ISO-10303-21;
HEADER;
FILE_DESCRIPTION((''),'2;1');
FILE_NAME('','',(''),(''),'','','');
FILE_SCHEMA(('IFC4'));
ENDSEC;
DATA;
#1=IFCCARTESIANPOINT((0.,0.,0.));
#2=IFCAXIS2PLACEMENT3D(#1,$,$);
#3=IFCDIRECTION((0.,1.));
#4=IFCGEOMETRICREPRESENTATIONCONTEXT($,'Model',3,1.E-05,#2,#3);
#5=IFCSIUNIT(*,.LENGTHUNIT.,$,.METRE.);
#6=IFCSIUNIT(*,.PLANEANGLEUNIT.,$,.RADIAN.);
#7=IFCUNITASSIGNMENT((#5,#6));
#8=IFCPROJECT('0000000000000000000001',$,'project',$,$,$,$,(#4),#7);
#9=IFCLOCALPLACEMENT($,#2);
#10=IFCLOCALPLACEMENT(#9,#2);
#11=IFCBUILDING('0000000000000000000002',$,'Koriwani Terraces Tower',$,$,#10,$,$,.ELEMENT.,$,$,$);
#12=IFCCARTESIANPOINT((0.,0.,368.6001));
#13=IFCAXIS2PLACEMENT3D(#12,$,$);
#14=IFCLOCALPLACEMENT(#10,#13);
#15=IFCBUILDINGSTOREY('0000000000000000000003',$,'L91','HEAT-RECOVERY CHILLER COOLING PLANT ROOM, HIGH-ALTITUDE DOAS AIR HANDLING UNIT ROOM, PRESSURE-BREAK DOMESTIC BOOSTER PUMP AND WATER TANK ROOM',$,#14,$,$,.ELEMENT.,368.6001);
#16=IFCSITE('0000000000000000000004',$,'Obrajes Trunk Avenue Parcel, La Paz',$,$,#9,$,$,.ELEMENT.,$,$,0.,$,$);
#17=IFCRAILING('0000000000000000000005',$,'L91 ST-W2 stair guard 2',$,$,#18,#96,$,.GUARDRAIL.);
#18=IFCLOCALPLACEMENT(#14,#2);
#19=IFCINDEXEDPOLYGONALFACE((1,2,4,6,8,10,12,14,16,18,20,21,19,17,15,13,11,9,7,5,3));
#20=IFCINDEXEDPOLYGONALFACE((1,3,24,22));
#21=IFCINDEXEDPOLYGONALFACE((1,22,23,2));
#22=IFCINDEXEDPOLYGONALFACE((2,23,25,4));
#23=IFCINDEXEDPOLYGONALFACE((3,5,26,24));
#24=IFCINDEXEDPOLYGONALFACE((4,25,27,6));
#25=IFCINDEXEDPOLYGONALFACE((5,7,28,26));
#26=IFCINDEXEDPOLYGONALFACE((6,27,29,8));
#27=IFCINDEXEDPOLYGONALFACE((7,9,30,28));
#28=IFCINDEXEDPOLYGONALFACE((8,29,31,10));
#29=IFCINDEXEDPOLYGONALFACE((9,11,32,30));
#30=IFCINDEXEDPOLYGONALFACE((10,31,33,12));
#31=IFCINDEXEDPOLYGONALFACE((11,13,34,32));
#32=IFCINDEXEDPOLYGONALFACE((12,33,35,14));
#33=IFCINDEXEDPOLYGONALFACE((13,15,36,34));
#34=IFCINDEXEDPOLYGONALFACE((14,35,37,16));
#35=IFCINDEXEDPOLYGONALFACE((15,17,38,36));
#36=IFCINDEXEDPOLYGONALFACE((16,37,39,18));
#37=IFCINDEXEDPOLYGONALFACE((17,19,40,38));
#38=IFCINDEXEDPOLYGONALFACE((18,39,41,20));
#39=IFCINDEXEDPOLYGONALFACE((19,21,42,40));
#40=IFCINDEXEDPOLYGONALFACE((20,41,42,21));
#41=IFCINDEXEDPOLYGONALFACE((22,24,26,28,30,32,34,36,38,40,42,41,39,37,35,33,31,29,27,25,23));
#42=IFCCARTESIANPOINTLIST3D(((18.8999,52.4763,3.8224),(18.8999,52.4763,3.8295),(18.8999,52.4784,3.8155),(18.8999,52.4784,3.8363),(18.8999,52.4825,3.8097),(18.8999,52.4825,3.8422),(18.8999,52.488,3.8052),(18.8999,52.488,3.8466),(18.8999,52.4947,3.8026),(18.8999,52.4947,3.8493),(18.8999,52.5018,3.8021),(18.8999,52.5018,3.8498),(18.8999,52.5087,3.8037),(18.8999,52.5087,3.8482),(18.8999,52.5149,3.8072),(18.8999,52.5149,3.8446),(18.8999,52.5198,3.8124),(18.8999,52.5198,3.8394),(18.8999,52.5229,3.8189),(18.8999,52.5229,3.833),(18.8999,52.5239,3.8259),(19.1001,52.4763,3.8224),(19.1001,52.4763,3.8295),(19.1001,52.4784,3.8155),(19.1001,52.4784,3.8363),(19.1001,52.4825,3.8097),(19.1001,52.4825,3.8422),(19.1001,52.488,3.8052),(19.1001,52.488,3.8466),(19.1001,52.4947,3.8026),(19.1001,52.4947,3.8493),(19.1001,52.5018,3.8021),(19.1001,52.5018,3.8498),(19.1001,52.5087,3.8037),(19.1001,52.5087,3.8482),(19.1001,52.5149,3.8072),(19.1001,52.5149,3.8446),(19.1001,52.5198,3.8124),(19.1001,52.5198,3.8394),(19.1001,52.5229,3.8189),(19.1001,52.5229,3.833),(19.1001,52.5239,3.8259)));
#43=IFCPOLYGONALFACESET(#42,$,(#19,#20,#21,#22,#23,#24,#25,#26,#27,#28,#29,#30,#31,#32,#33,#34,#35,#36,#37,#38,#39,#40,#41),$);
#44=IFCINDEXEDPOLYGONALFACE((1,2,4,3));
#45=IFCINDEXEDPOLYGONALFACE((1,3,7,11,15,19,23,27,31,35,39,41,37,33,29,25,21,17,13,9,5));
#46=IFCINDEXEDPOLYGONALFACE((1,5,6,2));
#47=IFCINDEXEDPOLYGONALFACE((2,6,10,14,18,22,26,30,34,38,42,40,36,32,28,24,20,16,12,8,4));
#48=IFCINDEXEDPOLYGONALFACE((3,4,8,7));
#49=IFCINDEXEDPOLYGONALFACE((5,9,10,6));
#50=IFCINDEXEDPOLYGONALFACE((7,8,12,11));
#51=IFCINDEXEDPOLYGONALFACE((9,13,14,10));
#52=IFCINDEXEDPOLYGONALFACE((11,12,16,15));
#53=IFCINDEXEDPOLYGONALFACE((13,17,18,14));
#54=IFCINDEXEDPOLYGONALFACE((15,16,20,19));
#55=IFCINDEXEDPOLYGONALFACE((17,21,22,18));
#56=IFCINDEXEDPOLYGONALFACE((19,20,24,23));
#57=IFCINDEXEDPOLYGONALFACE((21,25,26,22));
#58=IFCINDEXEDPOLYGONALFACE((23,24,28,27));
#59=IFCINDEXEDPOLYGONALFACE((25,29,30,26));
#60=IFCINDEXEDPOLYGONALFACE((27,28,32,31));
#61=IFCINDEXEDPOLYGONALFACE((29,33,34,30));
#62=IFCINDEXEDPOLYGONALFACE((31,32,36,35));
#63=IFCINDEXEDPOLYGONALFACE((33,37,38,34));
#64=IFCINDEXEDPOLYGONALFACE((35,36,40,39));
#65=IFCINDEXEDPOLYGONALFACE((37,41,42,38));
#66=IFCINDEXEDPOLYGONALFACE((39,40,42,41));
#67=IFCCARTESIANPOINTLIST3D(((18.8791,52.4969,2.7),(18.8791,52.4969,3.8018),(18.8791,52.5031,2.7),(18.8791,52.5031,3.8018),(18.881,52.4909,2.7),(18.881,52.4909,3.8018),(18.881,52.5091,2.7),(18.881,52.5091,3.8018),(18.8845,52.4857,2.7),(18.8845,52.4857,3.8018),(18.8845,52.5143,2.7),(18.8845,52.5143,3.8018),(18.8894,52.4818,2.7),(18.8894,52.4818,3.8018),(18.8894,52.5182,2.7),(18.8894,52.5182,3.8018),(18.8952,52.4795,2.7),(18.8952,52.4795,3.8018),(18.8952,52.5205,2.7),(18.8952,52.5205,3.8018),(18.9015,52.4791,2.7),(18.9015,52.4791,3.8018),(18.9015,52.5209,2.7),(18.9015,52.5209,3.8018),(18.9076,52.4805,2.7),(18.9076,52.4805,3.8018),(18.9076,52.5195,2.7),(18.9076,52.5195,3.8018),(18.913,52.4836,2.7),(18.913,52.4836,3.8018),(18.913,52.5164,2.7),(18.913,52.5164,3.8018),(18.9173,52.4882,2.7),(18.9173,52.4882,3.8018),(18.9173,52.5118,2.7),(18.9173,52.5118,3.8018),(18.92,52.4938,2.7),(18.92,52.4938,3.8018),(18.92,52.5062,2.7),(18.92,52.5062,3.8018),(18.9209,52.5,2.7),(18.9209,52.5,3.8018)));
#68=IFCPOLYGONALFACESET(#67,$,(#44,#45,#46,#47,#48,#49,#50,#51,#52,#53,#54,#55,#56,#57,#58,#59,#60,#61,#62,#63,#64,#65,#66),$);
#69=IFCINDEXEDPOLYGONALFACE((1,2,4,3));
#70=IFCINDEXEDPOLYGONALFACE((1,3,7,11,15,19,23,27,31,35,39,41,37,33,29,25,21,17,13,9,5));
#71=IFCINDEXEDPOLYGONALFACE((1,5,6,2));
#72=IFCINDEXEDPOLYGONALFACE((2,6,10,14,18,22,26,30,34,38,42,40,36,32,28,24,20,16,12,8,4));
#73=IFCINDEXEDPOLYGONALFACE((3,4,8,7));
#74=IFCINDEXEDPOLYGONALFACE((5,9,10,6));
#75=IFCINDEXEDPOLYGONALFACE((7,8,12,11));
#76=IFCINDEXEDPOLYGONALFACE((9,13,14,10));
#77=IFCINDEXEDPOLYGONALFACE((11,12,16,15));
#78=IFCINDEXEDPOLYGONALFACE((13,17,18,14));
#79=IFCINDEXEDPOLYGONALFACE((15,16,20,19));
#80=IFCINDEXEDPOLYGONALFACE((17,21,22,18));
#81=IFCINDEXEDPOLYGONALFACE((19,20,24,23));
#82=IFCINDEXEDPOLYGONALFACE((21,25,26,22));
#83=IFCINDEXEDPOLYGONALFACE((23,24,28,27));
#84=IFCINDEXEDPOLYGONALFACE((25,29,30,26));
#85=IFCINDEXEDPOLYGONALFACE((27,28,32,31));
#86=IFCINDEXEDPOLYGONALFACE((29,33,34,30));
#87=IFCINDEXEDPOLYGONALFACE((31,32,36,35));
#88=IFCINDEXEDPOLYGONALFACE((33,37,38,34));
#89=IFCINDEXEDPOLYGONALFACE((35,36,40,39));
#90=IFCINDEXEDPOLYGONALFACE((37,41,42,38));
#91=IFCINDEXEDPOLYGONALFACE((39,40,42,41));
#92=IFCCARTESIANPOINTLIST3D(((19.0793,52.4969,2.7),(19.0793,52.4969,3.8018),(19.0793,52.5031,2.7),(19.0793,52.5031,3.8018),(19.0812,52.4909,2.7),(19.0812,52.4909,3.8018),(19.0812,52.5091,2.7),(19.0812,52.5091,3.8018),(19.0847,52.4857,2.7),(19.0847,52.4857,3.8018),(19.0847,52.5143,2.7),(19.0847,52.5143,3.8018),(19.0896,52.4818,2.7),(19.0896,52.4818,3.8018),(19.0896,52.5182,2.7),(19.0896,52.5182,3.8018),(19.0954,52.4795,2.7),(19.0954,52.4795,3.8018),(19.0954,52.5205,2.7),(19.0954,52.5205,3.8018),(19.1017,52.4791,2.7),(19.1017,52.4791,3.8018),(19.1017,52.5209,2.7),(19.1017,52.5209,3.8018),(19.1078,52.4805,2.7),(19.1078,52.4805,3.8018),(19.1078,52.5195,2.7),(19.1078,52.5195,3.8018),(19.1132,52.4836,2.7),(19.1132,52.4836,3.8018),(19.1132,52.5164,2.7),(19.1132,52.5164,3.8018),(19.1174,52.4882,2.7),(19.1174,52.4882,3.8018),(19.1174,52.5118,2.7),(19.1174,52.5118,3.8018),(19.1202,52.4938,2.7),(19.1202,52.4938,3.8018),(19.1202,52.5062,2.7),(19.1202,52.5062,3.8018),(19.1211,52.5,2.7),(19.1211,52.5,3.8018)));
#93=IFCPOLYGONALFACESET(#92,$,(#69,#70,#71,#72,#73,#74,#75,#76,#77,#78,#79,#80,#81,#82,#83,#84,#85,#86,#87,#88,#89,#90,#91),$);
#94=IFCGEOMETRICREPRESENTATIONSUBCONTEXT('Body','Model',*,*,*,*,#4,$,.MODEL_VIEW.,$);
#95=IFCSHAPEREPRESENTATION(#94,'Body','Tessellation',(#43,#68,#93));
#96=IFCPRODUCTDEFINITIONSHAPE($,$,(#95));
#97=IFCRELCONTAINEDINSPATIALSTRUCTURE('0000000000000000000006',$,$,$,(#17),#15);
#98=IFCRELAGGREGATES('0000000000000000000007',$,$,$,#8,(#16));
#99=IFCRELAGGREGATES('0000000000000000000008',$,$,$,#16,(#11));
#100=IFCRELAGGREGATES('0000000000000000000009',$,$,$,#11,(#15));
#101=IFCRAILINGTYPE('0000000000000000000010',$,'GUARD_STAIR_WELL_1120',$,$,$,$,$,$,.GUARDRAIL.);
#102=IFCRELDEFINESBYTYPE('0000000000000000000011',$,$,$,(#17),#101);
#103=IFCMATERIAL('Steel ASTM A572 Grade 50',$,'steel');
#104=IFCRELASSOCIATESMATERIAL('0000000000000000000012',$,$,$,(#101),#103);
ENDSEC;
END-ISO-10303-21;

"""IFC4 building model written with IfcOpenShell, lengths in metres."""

from ifc_helpers import new_model, si_unit, direction, frame, origin, origin_2d, place, context, subcontext, project, spatial, circle, extrude, material, type_object, element, save


model = new_model("IFC4")

# Units and contexts
model_context = context("Model", 3, precision=1e-05, world=origin(), true_north=direction((0.0, 1.0)))
body_context = subcontext(model_context, "Body", "Model", "MODEL_VIEW")
ifc_project = project(units=[si_unit("LENGTHUNIT", "METRE"), si_unit("PLANEANGLEUNIT", "RADIAN")], contexts=[model_context])

# Site, building, storey
site_placement = place(None, origin())
site = spatial("IfcSite", under=ifc_project, at=site_placement, Name="Obrajes Trunk Avenue Parcel, La Paz", CompositionType="ELEMENT", RefElevation=0.0)
building_placement = place(site_placement, origin())
building = spatial("IfcBuilding", under=site, at=building_placement, Name="Koriwani Terraces Tower", CompositionType="ELEMENT")
storey_placement = place(building_placement, frame((0.0, 0.0, 368.6001)))
storey = spatial("IfcBuildingStorey", under=building, at=storey_placement, Name="L91", Description="HEAT-RECOVERY CHILLER COOLING PLANT ROOM, HIGH-ALTITUDE DOAS AIR HANDLING UNIT ROOM, PRESSURE-BREAK DOMESTIC BOOSTER PUMP AND WATER TANK ROOM", CompositionType="ELEMENT", Elevation=368.6001)

# Shared definitions
ifc_material_1 = material(Name="Steel ASTM A572 Grade 50", Category="steel")

# Railing
railing_type_1 = type_object("IfcRailingType", Name="GUARD_STAIR_WELL_1120", PredefinedType="GUARDRAIL", material=ifc_material_1)
railing_1_placement = place(storey_placement, frame((18.8999, 52.5, 2.7)))
element("IfcRailing", 1, at=railing_1_placement, inside=storey, type_object=railing_type_1, Name="L91 ST-W2 stair guard 2", PredefinedType="GUARDRAIL", context=body_context, shape_type="SweptSolid", body=[
    extrude(circle(Radius=0.0239, at=origin_2d()), frame((0.0, 0.0, 1.126), z_axis=(1.0, 0.0, 0.0), x_axis=(0.0, 1.0, 0.0)), (0.0, 0.0, 1.0), 0.2002),
    extrude(circle(Radius=0.021, at=origin_2d()), origin(), (0.0, 0.0, 1.0), 1.1018),
    extrude(circle(Radius=0.021, at=origin_2d()), frame((0.2002, 0.0, 0.0)), (0.0, 0.0, 1.0), 1.1018),
])

save(model, "model.ifc")
